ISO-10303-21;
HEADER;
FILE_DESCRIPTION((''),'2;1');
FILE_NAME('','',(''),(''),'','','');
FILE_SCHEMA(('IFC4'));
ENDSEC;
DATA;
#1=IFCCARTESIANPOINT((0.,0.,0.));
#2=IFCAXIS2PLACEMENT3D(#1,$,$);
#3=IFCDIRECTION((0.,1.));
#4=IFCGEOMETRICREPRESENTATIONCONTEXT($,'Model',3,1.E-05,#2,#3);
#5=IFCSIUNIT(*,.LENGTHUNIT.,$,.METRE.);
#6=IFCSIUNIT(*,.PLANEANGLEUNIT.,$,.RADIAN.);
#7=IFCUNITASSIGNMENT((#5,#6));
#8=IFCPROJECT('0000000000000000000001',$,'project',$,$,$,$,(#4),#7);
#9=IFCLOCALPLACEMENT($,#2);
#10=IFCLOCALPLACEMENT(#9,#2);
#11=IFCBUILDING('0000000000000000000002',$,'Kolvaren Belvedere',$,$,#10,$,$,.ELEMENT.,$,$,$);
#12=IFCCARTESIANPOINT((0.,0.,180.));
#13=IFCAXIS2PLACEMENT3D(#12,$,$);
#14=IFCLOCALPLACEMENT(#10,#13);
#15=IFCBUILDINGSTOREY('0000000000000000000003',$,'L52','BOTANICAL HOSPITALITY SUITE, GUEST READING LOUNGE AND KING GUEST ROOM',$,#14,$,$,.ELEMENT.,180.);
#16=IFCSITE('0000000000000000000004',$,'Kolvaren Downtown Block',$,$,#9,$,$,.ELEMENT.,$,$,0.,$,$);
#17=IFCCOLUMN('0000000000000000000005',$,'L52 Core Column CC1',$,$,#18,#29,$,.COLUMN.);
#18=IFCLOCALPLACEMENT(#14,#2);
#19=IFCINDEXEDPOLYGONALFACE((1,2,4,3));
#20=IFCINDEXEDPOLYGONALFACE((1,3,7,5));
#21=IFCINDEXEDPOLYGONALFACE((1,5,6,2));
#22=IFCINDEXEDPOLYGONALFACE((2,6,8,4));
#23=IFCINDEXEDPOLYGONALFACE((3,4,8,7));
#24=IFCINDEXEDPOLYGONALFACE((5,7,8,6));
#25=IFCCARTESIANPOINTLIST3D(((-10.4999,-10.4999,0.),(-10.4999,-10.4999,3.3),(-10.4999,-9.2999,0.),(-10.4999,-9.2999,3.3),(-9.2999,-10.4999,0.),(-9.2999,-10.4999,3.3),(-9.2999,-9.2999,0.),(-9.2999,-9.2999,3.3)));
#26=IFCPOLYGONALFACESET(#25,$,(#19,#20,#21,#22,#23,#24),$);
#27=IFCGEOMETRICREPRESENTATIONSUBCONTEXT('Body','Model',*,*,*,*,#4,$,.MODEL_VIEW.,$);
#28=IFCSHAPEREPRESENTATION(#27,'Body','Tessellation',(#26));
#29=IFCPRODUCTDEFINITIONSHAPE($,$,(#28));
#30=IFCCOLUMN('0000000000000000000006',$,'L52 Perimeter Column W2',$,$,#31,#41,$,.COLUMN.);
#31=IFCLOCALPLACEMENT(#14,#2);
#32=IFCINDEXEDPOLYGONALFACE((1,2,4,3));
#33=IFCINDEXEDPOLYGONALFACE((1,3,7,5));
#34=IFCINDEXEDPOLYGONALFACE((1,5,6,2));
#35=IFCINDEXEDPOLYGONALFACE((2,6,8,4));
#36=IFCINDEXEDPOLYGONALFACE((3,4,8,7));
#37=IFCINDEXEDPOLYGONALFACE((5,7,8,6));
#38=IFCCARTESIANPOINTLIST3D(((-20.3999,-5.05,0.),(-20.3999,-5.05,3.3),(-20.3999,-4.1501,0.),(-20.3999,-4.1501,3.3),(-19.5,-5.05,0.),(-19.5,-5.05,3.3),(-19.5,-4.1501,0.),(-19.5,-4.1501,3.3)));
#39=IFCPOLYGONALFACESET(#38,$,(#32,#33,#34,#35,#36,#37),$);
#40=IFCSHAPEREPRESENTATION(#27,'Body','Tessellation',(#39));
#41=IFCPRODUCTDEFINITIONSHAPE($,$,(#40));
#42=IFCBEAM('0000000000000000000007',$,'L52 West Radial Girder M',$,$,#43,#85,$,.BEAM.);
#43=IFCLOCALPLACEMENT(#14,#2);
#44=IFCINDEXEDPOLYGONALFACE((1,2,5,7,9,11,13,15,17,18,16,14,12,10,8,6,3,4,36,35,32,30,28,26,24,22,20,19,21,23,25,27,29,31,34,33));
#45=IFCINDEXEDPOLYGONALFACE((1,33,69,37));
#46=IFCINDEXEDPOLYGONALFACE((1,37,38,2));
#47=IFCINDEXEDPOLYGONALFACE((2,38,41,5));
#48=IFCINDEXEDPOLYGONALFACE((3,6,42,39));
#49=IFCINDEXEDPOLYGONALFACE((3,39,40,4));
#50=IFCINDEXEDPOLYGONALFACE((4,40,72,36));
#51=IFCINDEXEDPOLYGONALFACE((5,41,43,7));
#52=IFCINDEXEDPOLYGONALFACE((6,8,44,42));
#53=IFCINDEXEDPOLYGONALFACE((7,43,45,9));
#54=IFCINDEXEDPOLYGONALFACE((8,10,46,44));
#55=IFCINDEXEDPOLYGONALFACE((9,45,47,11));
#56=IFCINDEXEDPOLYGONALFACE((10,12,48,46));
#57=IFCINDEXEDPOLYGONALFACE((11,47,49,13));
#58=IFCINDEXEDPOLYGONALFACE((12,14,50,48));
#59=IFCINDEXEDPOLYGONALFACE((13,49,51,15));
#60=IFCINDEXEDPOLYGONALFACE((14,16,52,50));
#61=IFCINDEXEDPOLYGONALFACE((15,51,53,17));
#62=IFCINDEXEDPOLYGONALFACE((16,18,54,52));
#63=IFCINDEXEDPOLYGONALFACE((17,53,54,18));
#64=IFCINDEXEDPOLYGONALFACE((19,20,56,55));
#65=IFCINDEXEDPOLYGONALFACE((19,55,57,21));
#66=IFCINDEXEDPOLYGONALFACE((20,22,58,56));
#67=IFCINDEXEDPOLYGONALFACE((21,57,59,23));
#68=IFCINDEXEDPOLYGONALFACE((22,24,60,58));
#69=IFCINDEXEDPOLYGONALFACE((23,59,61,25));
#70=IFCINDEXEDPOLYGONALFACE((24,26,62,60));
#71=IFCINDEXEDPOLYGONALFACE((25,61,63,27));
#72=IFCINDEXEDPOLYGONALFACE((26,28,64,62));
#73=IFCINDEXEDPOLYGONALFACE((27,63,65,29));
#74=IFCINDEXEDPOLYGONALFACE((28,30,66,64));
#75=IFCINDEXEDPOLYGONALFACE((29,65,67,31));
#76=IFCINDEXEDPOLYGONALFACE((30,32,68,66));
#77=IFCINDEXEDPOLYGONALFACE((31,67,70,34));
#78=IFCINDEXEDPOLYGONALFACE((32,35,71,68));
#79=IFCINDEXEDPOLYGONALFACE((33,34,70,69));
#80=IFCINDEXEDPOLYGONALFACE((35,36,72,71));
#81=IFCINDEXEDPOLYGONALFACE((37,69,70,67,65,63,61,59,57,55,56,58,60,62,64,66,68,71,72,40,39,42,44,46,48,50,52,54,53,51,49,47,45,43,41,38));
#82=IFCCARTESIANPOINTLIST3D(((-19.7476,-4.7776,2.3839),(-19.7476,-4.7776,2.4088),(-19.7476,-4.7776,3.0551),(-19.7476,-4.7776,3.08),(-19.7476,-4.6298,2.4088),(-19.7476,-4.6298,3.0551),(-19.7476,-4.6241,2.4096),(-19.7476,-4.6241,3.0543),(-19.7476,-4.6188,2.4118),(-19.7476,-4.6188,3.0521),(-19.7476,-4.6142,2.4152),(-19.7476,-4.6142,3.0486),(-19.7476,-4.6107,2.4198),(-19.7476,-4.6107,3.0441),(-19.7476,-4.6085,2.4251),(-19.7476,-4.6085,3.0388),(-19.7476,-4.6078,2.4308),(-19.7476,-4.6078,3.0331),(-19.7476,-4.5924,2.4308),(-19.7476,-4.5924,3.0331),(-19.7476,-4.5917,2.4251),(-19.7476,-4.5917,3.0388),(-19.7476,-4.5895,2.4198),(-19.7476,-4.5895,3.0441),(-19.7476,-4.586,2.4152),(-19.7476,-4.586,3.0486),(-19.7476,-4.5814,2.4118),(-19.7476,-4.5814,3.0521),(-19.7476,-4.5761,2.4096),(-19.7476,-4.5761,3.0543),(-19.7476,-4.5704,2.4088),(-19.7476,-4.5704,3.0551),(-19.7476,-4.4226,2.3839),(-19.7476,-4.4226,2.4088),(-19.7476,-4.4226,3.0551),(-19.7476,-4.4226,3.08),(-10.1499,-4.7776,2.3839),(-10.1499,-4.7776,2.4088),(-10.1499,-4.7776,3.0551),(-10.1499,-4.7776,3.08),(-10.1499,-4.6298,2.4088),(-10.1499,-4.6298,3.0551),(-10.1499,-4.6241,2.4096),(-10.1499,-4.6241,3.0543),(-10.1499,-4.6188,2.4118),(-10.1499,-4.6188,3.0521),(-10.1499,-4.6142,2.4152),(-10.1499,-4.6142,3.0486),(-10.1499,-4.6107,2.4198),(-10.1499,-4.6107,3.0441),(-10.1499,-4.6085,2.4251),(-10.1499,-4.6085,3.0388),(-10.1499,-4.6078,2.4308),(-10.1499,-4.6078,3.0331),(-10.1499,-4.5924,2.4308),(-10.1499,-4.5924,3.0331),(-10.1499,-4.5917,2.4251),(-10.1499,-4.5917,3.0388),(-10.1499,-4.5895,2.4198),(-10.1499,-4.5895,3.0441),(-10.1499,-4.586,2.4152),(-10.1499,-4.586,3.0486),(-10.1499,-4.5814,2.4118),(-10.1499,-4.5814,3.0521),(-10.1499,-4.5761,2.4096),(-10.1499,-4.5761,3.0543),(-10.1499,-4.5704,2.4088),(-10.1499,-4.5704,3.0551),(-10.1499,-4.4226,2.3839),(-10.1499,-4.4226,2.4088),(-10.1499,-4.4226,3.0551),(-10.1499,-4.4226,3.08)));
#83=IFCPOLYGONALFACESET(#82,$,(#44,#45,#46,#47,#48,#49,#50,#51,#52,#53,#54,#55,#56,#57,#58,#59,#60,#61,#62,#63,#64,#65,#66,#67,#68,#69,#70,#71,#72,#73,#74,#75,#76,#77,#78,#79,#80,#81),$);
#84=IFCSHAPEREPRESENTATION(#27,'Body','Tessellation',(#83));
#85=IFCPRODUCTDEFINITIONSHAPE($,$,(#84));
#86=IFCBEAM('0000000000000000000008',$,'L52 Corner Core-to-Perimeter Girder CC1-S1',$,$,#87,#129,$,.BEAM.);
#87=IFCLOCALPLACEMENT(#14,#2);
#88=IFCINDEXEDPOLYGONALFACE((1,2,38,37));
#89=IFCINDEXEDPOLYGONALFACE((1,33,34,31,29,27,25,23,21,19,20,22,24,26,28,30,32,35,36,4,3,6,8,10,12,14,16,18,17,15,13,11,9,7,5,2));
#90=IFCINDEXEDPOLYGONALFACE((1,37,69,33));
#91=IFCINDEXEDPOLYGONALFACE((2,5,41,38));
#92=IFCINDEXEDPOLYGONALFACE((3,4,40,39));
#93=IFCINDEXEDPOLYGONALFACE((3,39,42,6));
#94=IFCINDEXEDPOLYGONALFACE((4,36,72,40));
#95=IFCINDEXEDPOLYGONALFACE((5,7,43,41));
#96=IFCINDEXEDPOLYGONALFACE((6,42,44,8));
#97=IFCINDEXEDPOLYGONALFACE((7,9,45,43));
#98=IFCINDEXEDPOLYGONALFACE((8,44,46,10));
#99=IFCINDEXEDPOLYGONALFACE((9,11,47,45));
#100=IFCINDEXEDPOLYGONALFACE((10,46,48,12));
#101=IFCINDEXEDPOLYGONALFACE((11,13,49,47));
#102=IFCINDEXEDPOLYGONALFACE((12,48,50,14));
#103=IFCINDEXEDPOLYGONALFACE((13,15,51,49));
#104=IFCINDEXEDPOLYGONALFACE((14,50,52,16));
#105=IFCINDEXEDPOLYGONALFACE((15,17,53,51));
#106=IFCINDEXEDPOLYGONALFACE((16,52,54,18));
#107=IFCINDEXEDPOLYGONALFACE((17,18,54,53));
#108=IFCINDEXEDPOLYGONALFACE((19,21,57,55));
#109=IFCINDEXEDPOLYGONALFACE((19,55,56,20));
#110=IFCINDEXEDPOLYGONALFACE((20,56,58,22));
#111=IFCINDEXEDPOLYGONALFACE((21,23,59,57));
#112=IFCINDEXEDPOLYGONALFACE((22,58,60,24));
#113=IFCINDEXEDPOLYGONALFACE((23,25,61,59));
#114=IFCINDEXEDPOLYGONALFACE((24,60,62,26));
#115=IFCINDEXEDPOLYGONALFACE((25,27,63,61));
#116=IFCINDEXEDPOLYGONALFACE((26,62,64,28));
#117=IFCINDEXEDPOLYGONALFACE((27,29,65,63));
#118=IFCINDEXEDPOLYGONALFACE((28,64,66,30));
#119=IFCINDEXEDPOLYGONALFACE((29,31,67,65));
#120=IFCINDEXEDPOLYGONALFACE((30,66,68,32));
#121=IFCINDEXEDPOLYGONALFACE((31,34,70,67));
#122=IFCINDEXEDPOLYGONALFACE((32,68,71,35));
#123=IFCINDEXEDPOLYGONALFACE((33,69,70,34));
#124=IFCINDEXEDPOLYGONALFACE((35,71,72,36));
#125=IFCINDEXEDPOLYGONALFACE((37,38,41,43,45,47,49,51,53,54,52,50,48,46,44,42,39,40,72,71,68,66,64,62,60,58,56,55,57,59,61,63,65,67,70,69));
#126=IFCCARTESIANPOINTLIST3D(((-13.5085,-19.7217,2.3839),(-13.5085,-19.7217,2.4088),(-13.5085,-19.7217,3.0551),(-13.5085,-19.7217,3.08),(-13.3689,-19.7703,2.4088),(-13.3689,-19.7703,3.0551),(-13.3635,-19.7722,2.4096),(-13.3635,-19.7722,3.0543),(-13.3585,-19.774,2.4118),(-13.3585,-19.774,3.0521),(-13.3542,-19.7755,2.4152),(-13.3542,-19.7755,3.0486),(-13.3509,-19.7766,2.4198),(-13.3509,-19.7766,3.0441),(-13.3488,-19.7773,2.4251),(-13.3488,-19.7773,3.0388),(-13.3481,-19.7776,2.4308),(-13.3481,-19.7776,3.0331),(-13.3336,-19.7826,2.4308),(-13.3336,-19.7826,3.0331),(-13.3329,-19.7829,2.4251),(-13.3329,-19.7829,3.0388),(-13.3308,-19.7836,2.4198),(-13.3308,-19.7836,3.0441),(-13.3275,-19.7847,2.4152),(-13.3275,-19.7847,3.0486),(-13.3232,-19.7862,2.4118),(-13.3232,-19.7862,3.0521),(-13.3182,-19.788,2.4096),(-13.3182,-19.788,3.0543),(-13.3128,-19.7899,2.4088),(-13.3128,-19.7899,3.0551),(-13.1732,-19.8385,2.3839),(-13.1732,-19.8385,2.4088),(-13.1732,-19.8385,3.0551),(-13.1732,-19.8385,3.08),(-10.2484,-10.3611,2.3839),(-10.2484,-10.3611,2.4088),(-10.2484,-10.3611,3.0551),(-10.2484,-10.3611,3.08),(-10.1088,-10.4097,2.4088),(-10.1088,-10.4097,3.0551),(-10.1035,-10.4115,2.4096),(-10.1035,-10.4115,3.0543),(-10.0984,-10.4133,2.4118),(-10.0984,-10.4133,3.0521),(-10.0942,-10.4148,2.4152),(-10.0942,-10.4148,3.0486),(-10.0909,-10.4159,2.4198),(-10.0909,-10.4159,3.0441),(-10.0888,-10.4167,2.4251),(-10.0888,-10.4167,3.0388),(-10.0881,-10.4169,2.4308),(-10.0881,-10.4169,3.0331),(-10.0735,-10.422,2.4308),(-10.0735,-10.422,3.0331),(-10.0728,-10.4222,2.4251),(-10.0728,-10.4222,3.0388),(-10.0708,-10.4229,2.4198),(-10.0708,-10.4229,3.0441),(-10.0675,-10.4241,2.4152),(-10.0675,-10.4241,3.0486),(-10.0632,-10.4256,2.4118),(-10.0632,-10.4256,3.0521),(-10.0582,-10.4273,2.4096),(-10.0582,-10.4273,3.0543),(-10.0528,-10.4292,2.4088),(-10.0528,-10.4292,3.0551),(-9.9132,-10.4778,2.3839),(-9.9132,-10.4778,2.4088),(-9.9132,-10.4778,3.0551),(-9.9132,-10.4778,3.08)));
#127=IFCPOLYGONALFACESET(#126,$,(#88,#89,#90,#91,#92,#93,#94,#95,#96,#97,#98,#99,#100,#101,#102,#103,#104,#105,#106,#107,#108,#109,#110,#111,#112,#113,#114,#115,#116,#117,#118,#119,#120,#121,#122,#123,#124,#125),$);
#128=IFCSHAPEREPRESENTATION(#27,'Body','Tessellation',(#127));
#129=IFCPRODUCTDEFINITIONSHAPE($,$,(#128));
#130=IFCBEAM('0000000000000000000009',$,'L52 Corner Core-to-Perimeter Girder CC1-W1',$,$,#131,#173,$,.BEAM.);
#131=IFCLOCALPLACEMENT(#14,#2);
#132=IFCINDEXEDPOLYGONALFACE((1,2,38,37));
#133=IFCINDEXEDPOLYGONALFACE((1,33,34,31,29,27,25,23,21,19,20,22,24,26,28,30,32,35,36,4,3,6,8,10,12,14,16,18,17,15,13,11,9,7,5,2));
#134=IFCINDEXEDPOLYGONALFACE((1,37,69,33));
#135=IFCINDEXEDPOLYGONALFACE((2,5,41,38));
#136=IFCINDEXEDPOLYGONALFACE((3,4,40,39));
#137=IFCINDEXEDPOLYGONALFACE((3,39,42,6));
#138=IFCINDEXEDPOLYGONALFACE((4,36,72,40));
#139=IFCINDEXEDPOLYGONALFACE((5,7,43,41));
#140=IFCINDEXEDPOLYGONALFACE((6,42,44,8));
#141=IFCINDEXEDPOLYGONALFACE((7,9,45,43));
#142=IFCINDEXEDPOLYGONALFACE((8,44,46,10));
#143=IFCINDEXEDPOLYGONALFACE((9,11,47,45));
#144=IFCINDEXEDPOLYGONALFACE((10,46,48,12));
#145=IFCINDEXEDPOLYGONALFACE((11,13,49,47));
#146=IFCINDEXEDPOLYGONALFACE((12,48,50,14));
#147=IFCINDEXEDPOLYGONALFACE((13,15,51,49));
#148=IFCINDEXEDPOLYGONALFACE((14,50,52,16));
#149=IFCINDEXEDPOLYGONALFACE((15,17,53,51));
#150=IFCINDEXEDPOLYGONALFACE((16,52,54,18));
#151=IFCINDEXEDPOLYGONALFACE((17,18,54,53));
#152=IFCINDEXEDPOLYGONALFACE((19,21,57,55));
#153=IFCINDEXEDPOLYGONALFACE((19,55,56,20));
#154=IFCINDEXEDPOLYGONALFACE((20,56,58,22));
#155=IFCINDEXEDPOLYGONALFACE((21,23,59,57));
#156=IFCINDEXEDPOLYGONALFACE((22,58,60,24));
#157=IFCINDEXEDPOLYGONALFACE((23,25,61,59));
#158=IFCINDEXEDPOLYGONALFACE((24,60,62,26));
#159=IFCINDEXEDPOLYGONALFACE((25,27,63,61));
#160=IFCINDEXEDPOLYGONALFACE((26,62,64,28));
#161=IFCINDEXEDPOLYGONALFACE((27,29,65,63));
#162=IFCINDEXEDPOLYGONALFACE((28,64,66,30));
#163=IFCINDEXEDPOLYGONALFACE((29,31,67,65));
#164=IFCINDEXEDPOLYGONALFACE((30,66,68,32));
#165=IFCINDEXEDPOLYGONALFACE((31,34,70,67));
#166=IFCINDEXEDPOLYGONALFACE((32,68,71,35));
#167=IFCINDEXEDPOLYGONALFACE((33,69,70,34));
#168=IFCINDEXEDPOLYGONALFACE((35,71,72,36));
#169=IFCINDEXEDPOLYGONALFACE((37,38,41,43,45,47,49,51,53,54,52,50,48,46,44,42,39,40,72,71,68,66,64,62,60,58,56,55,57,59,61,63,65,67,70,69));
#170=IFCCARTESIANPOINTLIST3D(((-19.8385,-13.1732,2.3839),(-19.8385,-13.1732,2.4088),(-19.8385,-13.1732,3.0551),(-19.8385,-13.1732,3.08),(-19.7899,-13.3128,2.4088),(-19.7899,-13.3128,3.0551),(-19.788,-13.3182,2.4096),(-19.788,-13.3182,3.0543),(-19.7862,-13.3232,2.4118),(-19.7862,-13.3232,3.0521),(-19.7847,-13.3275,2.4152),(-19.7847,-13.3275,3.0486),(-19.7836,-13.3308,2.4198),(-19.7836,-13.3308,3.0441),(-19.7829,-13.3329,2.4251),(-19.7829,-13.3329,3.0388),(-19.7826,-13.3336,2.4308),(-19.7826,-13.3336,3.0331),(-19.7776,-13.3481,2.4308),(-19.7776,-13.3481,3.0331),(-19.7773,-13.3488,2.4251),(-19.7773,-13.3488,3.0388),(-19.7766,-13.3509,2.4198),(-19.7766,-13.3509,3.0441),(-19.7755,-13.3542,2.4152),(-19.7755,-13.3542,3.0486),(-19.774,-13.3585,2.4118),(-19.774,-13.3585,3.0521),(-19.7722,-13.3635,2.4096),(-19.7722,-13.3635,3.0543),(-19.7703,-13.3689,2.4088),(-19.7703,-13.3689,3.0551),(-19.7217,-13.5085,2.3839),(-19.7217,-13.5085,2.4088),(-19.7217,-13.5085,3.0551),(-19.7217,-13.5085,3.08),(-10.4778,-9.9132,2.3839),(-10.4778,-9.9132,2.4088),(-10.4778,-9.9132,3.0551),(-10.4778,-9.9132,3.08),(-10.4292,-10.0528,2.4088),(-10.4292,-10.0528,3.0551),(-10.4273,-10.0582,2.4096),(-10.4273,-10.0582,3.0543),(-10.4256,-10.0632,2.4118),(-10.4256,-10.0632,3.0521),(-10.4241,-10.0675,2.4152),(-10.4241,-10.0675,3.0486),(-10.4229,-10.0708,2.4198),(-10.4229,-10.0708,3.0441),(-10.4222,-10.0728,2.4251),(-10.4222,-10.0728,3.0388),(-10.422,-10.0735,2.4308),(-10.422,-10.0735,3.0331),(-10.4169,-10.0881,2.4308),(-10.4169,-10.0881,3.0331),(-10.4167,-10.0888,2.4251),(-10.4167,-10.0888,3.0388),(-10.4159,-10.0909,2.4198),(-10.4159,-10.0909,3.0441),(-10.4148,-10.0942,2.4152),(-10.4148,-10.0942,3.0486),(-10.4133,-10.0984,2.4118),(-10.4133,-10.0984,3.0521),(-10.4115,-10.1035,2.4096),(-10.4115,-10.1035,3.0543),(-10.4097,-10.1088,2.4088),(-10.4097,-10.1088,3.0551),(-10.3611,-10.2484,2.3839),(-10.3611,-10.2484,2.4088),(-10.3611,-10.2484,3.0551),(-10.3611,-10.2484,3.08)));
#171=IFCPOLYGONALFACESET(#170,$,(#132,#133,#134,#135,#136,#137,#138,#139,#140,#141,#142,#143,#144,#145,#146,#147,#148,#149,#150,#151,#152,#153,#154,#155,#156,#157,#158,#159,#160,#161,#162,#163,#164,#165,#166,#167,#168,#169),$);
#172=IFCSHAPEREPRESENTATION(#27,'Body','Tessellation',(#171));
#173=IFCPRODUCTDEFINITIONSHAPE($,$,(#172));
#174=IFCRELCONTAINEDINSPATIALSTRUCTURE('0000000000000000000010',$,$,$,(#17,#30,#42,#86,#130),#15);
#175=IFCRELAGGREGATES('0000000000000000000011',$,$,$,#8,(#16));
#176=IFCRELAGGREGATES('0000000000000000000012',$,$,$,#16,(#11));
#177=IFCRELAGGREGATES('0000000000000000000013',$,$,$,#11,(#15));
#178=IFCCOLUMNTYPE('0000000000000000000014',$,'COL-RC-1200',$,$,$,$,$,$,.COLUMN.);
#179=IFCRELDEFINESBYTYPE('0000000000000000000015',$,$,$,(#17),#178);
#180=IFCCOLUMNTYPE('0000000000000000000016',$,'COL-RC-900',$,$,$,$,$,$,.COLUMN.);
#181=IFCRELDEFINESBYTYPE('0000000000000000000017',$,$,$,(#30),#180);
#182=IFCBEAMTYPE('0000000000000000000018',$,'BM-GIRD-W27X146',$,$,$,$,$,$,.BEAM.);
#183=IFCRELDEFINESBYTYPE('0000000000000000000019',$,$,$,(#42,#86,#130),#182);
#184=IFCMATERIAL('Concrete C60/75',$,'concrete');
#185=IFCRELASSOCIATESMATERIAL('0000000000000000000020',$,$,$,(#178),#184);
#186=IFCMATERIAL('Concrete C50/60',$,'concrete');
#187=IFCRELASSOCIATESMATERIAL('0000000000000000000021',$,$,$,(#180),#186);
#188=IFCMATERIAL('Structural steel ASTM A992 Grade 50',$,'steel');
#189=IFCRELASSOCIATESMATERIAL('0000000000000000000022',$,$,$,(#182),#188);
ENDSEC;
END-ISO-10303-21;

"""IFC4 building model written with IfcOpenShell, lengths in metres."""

from ifc_helpers import new_model, si_unit, direction, frame, origin, origin_2d, place, context, subcontext, project, spatial, rectangle, i_section, extrude, material, material_profile, profile_set, type_object, element, save


model = new_model("IFC4")

# Units and contexts
model_context = context("Model", 3, precision=1e-05, world=origin(), true_north=direction((0.0, 1.0)))
body_context = subcontext(model_context, "Body", "Model", "MODEL_VIEW")
ifc_project = project(units=[si_unit("LENGTHUNIT", "METRE"), si_unit("PLANEANGLEUNIT", "RADIAN")], contexts=[model_context])

# Site, building, storey
site_placement = place(None, origin())
site = spatial("IfcSite", under=ifc_project, at=site_placement, Name="Kolvaren Downtown Block", CompositionType="ELEMENT", RefElevation=0.0)
building_placement = place(site_placement, origin())
building = spatial("IfcBuilding", under=site, at=building_placement, Name="Kolvaren Belvedere", CompositionType="ELEMENT")
storey_placement = place(building_placement, frame((0.0, 0.0, 180.0)))
storey = spatial("IfcBuildingStorey", under=building, at=storey_placement, Name="L52", Description="BOTANICAL HOSPITALITY SUITE, GUEST READING LOUNGE AND KING GUEST ROOM", CompositionType="ELEMENT", Elevation=180.0)

# Columns
ifc_material_1 = material(Name="Concrete C60/75", Category="concrete")
ifc_material_profile_1 = material_profile(ifc_material_1, rectangle(XDim=1.2, YDim=1.2, at=origin_2d()), Name="RC 1200X1200")
ifc_profile_set_1 = profile_set([ifc_material_profile_1], Name="Concrete C60/75")
column_type_1 = type_object("IfcColumnType", Name="COL-RC-1200", PredefinedType="COLUMN", material=ifc_profile_set_1)
column_1_placement = place(storey_placement, frame((-9.8999, -9.8999, 0.0), z_axis=(0.0, 0.0, 1.0), x_axis=(1.0, 0.0, 0.0)))
element("IfcColumn", 1, at=column_1_placement, inside=storey, type_object=column_type_1, Name="L52 Core Column CC1", PredefinedType="COLUMN", context=body_context, shape_type="SweptSolid", body=[
    extrude(rectangle(XDim=1.2, YDim=1.2, at=origin_2d()), origin(), (0.0, 0.0, 1.0), 3.3),
])
ifc_material_2 = material(Name="Concrete C50/60", Category="concrete")
ifc_material_profile_2 = material_profile(ifc_material_2, rectangle(XDim=0.8999, YDim=0.8999, at=origin_2d()), Name="RC 900X900")
ifc_profile_set_2 = profile_set([ifc_material_profile_2], Name="Concrete C50/60")
column_type_2 = type_object("IfcColumnType", Name="COL-RC-900", PredefinedType="COLUMN", material=ifc_profile_set_2)
column_2_placement = place(storey_placement, frame((-19.95, -4.6001, 0.0), z_axis=(0.0, 0.0, 1.0), x_axis=(1.0, 0.0, 0.0)))
element("IfcColumn", 2, at=column_2_placement, inside=storey, type_object=column_type_2, Name="L52 Perimeter Column W2", PredefinedType="COLUMN", context=body_context, shape_type="SweptSolid", body=[
    extrude(rectangle(XDim=0.8999, YDim=0.8999, at=origin_2d()), origin(), (0.0, 0.0, 1.0), 3.3),
])

# Beams
ifc_material_3 = material(Name="Structural steel ASTM A992 Grade 50", Category="steel")
ifc_material_profile_3 = material_profile(ifc_material_3, i_section(OverallWidth=0.355, OverallDepth=0.696, WebThickness=0.0154, FlangeThickness=0.0249, FilletRadius=0.022, at=origin_2d()), Name="W27X146")
ifc_profile_set_3 = profile_set([ifc_material_profile_3], Name="Structural steel ASTM A992 Grade 50")
beam_type_1 = type_object("IfcBeamType", Name="BM-GIRD-W27X146", PredefinedType="BEAM", material=ifc_profile_set_3)
beam_1_placement = place(storey_placement, frame((-10.1499, -4.6001, 2.7319), z_axis=(-1.0, 0.0, 0.0), x_axis=(0.0, -1.0, 0.0)))
element("IfcBeam", 3, at=beam_1_placement, inside=storey, type_object=beam_type_1, Name="L52 West Radial Girder M", PredefinedType="BEAM", context=body_context, shape_type="SweptSolid", body=[
    extrude(i_section(OverallWidth=0.355, OverallDepth=0.696, WebThickness=0.0154, FlangeThickness=0.0249, FilletRadius=0.022, at=origin_2d()), origin(), (0.0, 0.0, 1.0), 9.5977),
])
for number, where, z_axis, x_axis, name in (
    (4, (-10.0808, -10.4194, 2.7319), (-0.328894, -0.944367, 0.0), (0.944367, -0.328894, 0.0), "L52 Corner Core-to-Perimeter Girder CC1-S1"),
    (5, (-10.4194, -10.0808, 2.7319), (-0.944367, -0.328894, 0.0), (0.328894, -0.944367, 0.0), "L52 Corner Core-to-Perimeter Girder CC1-W1"),
):
    element("IfcBeam", number, at=place(storey_placement, frame(where, z_axis=z_axis, x_axis=x_axis)), inside=storey, type_object=beam_type_1, Name=name, PredefinedType="BEAM", context=body_context, shape_type="SweptSolid", body=[
        extrude(i_section(OverallWidth=0.355, OverallDepth=0.696, WebThickness=0.0154, FlangeThickness=0.0249, FilletRadius=0.022, at=origin_2d()), origin(), (0.0, 0.0, 1.0), 9.9121),
    ])

save(model, "model.ifc")
